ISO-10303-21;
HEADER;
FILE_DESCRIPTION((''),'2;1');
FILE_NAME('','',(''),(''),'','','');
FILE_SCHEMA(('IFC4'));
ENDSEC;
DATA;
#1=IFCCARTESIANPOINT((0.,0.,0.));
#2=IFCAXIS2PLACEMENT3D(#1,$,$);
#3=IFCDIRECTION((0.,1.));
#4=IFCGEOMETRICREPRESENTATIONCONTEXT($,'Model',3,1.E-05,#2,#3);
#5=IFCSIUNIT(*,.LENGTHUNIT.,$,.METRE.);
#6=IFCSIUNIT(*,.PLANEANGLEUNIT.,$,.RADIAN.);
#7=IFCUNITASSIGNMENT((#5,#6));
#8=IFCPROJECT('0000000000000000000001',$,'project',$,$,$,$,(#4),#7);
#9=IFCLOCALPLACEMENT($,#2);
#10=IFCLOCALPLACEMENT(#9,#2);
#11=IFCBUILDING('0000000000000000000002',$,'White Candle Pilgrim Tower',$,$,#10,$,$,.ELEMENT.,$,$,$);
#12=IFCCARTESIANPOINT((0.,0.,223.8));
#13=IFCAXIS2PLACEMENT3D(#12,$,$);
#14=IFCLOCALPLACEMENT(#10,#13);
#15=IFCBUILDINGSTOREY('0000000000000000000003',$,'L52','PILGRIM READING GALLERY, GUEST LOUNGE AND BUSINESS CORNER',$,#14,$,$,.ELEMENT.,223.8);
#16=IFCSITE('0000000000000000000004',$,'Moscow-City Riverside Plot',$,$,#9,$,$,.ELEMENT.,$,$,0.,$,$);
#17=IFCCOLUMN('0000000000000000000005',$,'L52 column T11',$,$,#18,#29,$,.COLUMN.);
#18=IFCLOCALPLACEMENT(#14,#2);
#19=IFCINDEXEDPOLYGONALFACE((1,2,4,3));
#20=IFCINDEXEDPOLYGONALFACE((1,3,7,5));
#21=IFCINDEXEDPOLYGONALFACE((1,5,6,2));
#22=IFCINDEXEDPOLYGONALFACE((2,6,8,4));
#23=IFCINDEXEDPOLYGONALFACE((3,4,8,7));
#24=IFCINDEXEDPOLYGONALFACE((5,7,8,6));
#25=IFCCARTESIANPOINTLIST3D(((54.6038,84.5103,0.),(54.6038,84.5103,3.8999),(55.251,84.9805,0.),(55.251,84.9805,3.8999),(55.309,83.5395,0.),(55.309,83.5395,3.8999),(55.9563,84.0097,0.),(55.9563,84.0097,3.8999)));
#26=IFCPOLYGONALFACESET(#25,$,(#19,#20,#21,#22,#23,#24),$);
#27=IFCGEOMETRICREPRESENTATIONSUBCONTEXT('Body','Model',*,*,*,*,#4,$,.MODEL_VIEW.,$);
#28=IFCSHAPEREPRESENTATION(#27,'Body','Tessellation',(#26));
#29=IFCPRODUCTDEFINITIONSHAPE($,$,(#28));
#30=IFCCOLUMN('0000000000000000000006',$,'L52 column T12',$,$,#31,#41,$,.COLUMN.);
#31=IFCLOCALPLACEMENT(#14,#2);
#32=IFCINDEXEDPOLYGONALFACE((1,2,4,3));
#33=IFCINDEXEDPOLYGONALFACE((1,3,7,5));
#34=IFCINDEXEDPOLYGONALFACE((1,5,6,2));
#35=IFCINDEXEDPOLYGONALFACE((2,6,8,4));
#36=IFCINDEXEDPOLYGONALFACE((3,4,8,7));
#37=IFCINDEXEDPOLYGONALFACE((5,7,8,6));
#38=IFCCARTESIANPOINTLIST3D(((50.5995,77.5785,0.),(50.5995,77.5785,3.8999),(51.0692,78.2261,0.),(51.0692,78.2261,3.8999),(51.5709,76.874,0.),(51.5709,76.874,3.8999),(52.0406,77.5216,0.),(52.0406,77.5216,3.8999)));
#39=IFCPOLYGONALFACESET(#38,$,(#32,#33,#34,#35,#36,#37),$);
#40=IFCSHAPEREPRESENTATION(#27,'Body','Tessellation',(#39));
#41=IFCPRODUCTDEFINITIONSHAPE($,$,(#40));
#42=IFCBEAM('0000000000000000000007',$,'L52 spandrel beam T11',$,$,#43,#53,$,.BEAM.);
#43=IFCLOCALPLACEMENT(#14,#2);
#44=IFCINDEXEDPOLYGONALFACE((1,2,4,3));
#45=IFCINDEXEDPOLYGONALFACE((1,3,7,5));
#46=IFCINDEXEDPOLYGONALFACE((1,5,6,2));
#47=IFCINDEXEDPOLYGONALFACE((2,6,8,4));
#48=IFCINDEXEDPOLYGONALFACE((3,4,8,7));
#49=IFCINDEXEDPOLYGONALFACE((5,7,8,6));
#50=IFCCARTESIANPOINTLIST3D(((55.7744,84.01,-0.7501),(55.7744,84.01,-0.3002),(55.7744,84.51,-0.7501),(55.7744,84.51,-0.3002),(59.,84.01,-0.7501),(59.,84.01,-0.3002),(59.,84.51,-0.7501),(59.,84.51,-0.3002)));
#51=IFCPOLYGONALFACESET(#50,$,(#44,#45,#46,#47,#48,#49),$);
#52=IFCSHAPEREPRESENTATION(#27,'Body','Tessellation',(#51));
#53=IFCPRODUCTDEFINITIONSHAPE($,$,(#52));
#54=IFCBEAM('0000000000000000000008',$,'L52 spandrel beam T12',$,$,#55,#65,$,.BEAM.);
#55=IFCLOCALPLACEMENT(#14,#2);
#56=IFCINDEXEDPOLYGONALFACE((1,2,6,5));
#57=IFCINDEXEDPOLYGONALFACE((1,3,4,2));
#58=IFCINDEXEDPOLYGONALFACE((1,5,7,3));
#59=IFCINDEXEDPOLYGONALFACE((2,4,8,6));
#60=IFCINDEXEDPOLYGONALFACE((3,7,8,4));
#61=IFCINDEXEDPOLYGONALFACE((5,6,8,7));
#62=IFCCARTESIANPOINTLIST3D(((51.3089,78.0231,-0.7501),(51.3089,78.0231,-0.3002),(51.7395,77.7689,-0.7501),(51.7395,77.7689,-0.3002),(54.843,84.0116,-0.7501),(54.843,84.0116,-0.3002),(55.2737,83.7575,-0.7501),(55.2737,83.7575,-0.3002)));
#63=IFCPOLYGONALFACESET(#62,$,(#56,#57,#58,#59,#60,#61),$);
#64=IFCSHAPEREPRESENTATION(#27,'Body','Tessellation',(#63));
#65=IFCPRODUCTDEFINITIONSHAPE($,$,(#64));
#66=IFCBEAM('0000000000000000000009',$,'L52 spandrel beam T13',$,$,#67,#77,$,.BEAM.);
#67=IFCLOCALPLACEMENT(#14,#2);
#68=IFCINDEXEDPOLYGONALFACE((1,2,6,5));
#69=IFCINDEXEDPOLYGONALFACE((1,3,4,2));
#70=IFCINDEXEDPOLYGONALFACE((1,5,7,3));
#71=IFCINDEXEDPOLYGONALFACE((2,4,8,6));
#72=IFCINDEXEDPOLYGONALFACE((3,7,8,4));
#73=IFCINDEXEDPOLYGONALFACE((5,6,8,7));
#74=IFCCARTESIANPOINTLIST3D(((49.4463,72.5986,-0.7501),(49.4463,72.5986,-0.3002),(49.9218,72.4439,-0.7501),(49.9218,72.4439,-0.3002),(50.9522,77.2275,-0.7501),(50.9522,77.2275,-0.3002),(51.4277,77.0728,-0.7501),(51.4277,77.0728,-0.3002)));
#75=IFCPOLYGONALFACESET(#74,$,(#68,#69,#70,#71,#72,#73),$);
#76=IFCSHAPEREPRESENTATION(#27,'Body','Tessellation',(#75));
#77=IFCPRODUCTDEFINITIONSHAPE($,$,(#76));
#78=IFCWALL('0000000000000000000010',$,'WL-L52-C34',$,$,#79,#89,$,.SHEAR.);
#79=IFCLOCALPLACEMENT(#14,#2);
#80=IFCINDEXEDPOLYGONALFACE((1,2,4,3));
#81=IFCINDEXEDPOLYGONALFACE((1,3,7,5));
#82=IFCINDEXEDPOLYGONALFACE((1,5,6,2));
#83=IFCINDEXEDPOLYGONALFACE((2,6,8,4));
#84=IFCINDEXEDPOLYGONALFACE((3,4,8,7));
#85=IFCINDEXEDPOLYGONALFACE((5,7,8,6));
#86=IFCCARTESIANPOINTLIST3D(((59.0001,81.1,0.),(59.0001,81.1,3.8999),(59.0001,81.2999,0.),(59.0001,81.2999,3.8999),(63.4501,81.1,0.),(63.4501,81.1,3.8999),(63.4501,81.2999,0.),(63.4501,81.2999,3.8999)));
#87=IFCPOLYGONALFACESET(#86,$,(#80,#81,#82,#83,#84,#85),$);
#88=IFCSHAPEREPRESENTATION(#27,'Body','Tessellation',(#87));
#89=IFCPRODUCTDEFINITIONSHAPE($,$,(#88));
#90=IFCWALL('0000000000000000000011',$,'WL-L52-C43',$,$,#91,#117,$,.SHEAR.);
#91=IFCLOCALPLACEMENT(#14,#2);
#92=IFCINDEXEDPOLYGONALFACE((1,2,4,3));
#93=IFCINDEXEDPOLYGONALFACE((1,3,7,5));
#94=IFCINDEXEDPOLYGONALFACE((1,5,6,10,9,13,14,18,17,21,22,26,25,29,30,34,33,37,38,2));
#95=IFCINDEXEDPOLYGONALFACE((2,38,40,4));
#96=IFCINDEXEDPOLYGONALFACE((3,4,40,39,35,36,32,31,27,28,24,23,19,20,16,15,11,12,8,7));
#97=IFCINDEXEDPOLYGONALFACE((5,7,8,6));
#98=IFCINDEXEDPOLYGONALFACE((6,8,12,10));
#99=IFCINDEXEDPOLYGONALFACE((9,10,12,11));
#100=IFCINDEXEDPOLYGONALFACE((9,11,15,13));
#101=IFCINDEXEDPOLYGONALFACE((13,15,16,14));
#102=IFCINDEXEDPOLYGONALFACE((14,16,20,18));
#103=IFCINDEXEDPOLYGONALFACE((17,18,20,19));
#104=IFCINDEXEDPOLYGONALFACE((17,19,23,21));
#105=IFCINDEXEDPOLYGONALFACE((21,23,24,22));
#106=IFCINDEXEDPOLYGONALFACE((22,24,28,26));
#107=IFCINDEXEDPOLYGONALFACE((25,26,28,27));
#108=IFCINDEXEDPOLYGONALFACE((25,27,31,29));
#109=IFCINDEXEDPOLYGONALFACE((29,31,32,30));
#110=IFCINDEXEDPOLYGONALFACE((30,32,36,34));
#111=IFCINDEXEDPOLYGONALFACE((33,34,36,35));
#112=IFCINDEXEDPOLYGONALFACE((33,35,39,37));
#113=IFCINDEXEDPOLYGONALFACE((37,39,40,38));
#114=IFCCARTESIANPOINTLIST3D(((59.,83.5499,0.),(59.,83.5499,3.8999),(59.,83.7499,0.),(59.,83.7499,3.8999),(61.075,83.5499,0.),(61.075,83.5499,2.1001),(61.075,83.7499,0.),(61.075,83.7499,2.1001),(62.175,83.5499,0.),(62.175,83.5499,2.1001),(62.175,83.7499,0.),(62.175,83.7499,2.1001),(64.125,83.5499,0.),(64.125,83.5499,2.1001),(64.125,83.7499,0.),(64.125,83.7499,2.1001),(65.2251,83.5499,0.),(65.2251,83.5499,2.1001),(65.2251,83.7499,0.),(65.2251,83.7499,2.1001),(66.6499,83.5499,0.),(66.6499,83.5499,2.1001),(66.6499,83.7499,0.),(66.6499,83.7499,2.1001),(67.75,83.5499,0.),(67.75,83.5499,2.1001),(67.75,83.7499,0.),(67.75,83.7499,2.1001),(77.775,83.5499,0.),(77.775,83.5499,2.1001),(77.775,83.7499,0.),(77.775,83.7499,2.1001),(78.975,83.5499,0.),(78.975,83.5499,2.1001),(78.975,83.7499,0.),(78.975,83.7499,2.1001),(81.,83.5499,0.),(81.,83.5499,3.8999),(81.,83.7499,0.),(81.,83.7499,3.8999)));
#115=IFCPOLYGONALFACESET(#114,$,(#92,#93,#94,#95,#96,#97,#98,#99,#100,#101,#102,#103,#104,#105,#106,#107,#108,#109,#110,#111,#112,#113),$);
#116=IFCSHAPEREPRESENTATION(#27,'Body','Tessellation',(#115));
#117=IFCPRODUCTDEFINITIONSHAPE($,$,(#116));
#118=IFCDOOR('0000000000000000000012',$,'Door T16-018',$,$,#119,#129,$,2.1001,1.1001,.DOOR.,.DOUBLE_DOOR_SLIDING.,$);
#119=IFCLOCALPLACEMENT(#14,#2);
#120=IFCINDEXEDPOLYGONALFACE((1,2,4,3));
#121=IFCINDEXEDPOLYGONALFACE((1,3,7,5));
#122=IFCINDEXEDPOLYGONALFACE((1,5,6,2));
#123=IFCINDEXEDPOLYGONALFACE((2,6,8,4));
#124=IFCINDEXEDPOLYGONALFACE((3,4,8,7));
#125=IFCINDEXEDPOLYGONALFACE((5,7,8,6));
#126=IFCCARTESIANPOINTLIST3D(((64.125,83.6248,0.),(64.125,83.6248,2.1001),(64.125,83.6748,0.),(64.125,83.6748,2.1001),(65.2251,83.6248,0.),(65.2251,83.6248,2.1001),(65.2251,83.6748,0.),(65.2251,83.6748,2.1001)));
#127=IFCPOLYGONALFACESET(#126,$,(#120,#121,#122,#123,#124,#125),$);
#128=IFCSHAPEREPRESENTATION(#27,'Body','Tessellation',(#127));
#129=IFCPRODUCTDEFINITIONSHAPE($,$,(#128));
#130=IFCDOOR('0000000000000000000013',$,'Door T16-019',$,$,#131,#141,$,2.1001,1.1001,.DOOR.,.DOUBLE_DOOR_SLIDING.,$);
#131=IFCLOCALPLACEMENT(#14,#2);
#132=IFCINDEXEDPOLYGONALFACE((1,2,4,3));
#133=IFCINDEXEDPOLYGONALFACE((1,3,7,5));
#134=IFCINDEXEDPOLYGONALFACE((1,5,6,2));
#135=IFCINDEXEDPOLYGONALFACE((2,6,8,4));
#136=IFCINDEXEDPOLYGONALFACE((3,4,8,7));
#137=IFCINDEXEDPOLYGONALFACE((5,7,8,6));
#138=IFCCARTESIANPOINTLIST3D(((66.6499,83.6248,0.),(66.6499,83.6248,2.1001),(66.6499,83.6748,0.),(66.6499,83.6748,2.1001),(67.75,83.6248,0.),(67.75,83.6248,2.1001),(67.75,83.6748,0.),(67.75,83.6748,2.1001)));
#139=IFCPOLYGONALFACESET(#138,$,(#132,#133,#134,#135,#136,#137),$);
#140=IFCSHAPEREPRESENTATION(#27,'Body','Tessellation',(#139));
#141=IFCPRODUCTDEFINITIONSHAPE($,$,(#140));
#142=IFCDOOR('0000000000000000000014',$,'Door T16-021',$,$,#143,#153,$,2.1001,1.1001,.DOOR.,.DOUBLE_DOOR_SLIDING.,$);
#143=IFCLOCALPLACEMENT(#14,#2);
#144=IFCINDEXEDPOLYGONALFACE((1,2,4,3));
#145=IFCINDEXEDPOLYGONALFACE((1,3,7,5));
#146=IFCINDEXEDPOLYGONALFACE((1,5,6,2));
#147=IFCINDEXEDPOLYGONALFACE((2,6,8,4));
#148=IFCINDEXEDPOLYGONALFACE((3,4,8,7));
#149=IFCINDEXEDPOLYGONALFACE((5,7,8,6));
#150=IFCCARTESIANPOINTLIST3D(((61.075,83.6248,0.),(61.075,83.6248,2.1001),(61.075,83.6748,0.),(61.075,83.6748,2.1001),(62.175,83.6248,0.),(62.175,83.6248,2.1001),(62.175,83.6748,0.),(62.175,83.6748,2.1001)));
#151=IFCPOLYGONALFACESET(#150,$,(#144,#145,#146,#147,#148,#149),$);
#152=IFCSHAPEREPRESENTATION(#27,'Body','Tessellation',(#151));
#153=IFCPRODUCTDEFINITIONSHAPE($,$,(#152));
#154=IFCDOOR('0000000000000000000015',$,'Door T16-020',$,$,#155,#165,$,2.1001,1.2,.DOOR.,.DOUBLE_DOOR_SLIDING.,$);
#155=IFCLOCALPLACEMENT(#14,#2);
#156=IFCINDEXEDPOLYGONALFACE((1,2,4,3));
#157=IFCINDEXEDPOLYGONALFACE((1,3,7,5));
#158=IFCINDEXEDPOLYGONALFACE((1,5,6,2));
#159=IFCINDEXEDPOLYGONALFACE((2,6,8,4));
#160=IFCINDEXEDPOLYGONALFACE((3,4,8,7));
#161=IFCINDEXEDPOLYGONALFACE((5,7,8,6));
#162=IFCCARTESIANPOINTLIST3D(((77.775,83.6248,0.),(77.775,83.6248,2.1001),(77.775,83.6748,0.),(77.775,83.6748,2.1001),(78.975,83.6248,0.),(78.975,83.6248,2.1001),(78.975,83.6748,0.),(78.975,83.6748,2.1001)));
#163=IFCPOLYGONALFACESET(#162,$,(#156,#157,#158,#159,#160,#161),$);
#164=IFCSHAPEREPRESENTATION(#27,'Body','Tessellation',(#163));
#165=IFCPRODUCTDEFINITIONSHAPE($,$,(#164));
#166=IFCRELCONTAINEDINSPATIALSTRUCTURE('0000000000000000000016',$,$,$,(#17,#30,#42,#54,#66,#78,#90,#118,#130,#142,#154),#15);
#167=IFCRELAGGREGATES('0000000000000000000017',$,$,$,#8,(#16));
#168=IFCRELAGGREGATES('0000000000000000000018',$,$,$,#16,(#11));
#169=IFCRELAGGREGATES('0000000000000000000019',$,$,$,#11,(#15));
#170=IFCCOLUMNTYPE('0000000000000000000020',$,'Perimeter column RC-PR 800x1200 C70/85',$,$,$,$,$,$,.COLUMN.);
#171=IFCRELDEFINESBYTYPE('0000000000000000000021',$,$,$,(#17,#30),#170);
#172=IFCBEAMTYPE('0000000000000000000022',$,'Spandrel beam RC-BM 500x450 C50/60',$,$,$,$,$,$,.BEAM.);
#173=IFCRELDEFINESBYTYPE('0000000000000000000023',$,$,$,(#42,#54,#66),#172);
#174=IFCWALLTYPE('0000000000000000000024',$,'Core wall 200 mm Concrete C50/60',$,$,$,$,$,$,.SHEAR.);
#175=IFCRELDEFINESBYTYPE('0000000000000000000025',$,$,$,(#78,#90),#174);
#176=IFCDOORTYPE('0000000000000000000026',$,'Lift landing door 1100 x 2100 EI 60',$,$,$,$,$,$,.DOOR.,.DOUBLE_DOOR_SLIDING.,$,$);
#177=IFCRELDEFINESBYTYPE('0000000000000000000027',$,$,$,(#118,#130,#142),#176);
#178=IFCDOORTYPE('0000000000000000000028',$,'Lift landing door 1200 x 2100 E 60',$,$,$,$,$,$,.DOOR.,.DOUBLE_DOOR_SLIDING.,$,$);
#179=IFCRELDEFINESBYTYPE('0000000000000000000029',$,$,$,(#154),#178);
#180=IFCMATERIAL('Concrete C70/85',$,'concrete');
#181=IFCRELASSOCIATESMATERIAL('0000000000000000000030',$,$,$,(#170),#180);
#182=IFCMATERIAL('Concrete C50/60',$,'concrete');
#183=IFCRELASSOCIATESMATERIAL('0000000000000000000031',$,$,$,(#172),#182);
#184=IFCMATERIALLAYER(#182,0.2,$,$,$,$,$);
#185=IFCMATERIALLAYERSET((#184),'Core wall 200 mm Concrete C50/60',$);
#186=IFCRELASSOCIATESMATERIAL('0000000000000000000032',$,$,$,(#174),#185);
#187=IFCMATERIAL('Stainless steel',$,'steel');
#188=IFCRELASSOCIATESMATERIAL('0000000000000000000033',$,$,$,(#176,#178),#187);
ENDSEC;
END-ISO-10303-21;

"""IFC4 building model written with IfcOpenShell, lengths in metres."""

from ifc_helpers import new_model, si_unit, direction, frame, frame_2d, origin, origin_2d, place, context, subcontext, project, spatial, rectangle, extrude, material, layer, layer_set, material_profile, profile_set, type_object, element, fill, save


model = new_model("IFC4")

# Units and contexts
model_context = context("Model", 3, precision=1e-05, world=origin(), true_north=direction((0.0, 1.0)))
body_context = subcontext(model_context, "Body", "Model", "MODEL_VIEW")
ifc_project = project(units=[si_unit("LENGTHUNIT", "METRE"), si_unit("PLANEANGLEUNIT", "RADIAN")], contexts=[model_context])

# Site, building, storey
site_placement = place(None, origin())
site = spatial("IfcSite", under=ifc_project, at=site_placement, Name="Moscow-City Riverside Plot", CompositionType="ELEMENT", RefElevation=0.0)
building_placement = place(site_placement, origin())
building = spatial("IfcBuilding", under=site, at=building_placement, Name="White Candle Pilgrim Tower", CompositionType="ELEMENT")
storey_placement = place(building_placement, frame((0.0, 0.0, 223.8)))
storey = spatial("IfcBuildingStorey", under=building, at=storey_placement, Name="L52", Description="PILGRIM READING GALLERY, GUEST LOUNGE AND BUSINESS CORNER", CompositionType="ELEMENT", Elevation=223.8)

# Columns
ifc_material_1 = material(Name="Concrete C70/85", Category="concrete")
ifc_material_profile_1 = material_profile(ifc_material_1, rectangle(XDim=0.8, YDim=1.2, at=origin_2d()), Name="RC-PR 800x1200")
ifc_profile_set_1 = profile_set([ifc_material_profile_1], Name="Concrete C70/85")
column_type = type_object("IfcColumnType", Name="Perimeter column RC-PR 800x1200 C70/85", PredefinedType="COLUMN", material=ifc_profile_set_1)
for number, where, z_axis, x_axis, name in (
    (1, (55.28, 84.26, 0.0), (0.0, 0.0, 1.0), (0.809027, 0.587771, 0.0), "L52 column T11"),
    (2, (51.3201, 77.55, 0.0), (0.0, 0.0, 1.0), (0.587107, 0.809509, 0.0), "L52 column T12"),
):
    element("IfcColumn", number, at=place(storey_placement, frame(where, z_axis=z_axis, x_axis=x_axis)), inside=storey, type_object=column_type, Name=name, PredefinedType="COLUMN", context=body_context, shape_type="SweptSolid", body=[
        extrude(rectangle(XDim=0.8, YDim=1.2, at=origin_2d()), origin(), (0.0, 0.0, 1.0), 3.8999),
    ])

# Beams
ifc_material_2 = material(Name="Concrete C50/60", Category="concrete")
ifc_material_profile_2 = material_profile(ifc_material_2, rectangle(XDim=0.5, YDim=0.45, at=origin_2d()), Name="RC-BM 500x450")
ifc_profile_set_2 = profile_set([ifc_material_profile_2], Name="Concrete C50/60")
beam_type = type_object("IfcBeamType", Name="Spandrel beam RC-BM 500x450 C50/60", PredefinedType="BEAM", material=ifc_profile_set_2)
beam_1_placement = place(storey_placement, frame((55.7744, 84.26, -0.5251), z_axis=(1.0, 0.0, 0.0), x_axis=(0.0, 1.0, 0.0)))
element("IfcBeam", 3, at=beam_1_placement, inside=storey, type_object=beam_type, Name="L52 spandrel beam T11", PredefinedType="BEAM", context=body_context, shape_type="SweptSolid", body=[
    extrude(rectangle(XDim=0.5, YDim=0.45, at=origin_2d()), origin(), (0.0, 0.0, 1.0), 3.2256),
])
beam_2_placement = place(storey_placement, frame((55.0583, 83.8845, -0.5251), z_axis=(-0.50825, -0.861209, 0.0), x_axis=(0.861209, -0.50825, 0.0)))
element("IfcBeam", 4, at=beam_2_placement, inside=storey, type_object=beam_type, Name="L52 spandrel beam T12", PredefinedType="BEAM", context=body_context, shape_type="SweptSolid", body=[
    extrude(rectangle(XDim=0.5, YDim=0.45, at=origin_2d()), origin(), (0.0, 0.0, 1.0), 6.9536),
])
beam_3_placement = place(storey_placement, frame((51.1899, 77.1501, -0.5251), z_axis=(-0.309358, -0.950946, 0.0), x_axis=(0.950946, -0.309358, 0.0)))
element("IfcBeam", 5, at=beam_3_placement, inside=storey, type_object=beam_type, Name="L52 spandrel beam T13", PredefinedType="BEAM", context=body_context, shape_type="SweptSolid", body=[
    extrude(rectangle(XDim=0.5, YDim=0.45, at=origin_2d()), origin(), (0.0, 0.0, 1.0), 4.8677),
])

# Wall
ifc_layer_1 = layer(ifc_material_2, 0.2)
ifc_layer_set_1 = layer_set([ifc_layer_1], Name="Core wall 200 mm Concrete C50/60")
wall_type_1 = type_object("IfcWallType", Name="Core wall 200 mm Concrete C50/60", PredefinedType="SHEAR", material=ifc_layer_set_1)
wall_1_placement = place(storey_placement, frame((59.0, 81.2, 0.0), z_axis=(0.0, 0.0, 1.0), x_axis=(1.0, 0.0, 0.0)))
element("IfcWall", 6, at=wall_1_placement, inside=storey, type_object=wall_type_1, Name="WL-L52-C34", PredefinedType="SHEAR", context=body_context, shape_type="SweptSolid", body=[
    extrude(rectangle(XDim=4.45, YDim=0.2, at=frame_2d((2.2251, 0.0))), origin(), (0.0, 0.0, 1.0), 3.8999),
])

# Wall, openings, doors
wall_2_placement = place(storey_placement, frame((59.0, 83.6499, 0.0), z_axis=(0.0, 0.0, 1.0), x_axis=(1.0, 0.0, 0.0)))
wall_2 = element("IfcWall", 7, at=wall_2_placement, inside=storey, type_object=wall_type_1, Name="WL-L52-C43", PredefinedType="SHEAR", context=body_context, shape_type="SweptSolid", body=[
    extrude(rectangle(XDim=22.0, YDim=0.2, at=frame_2d((11.0, 0.0))), origin(), (0.0, 0.0, 1.0), 3.8999),
])
opening_1_placement = place(wall_2_placement, frame((5.125, 0.0, 0.0)))
opening_1 = element("IfcOpeningElement", 8, at=opening_1_placement, cuts=wall_2, PredefinedType="OPENING", context=body_context, shape_type="SweptSolid", body=[
    extrude(rectangle(XDim=1.1001, YDim=2.1001, at=frame_2d((0.55, 1.05))), frame((0.0, 0.1099, 0.0), z_axis=(0.0, -1.0, 0.0), x_axis=(1.0, 0.0, 0.0)), (0.0, 0.0, 1.0), 0.22),
])
opening_2_placement = place(wall_2_placement, frame((7.6499, 0.0, 0.0)))
opening_2 = element("IfcOpeningElement", 9, at=opening_2_placement, cuts=wall_2, PredefinedType="OPENING", context=body_context, shape_type="SweptSolid", body=[
    extrude(rectangle(XDim=1.1001, YDim=2.1001, at=frame_2d((0.55, 1.05))), frame((0.0, 0.1099, 0.0), z_axis=(0.0, -1.0, 0.0), x_axis=(1.0, 0.0, 0.0)), (0.0, 0.0, 1.0), 0.22),
])
opening_3_placement = place(wall_2_placement, frame((18.7749, 0.0, 0.0)))
opening_3 = element("IfcOpeningElement", 10, at=opening_3_placement, cuts=wall_2, PredefinedType="OPENING", context=body_context, shape_type="SweptSolid", body=[
    extrude(rectangle(XDim=1.2, YDim=2.1001, at=frame_2d((0.6001, 1.05))), frame((0.0, 0.1099, 0.0), z_axis=(0.0, -1.0, 0.0), x_axis=(1.0, 0.0, 0.0)), (0.0, 0.0, 1.0), 0.22),
])
opening_4_placement = place(wall_2_placement, frame((2.075, 0.0, 0.0)))
opening_4 = element("IfcOpeningElement", 11, at=opening_4_placement, cuts=wall_2, PredefinedType="OPENING", context=body_context, shape_type="SweptSolid", body=[
    extrude(rectangle(XDim=1.1001, YDim=2.1001, at=frame_2d((0.55, 1.05))), frame((0.0, 0.1099, 0.0), z_axis=(0.0, -1.0, 0.0), x_axis=(1.0, 0.0, 0.0)), (0.0, 0.0, 1.0), 0.22),
])
ifc_material_3 = material(Name="Stainless steel", Category="steel")
door_type_1 = type_object("IfcDoorType", Name="Lift landing door 1100 x 2100 EI 60", OperationType="DOUBLE_DOOR_SLIDING", PredefinedType="DOOR", material=ifc_material_3)
door_1_placement = place(opening_1_placement, origin())
door_1 = element("IfcDoor", 12, at=door_1_placement, inside=storey, type_object=door_type_1, Name="Door T16-018", OperationType="DOUBLE_DOOR_SLIDING", OverallHeight=2.1001, OverallWidth=1.1001, PredefinedType="DOOR", context=body_context, shape_type="SweptSolid", body=[
    extrude(rectangle(XDim=1.1001, YDim=2.1001, at=frame_2d((0.55, 1.05))), frame((0.0, 0.0249, 0.0), z_axis=(0.0, -1.0, 0.0), x_axis=(1.0, 0.0, 0.0)), (0.0, 0.0, 1.0), 0.05),
])
fill(opening_1, door_1)
door_2_placement = place(opening_2_placement, origin())
door_2 = element("IfcDoor", 13, at=door_2_placement, inside=storey, type_object=door_type_1, Name="Door T16-019", OperationType="DOUBLE_DOOR_SLIDING", OverallHeight=2.1001, OverallWidth=1.1001, PredefinedType="DOOR", context=body_context, shape_type="SweptSolid", body=[
    extrude(rectangle(XDim=1.1001, YDim=2.1001, at=frame_2d((0.55, 1.05))), frame((0.0, 0.0249, 0.0), z_axis=(0.0, -1.0, 0.0), x_axis=(1.0, 0.0, 0.0)), (0.0, 0.0, 1.0), 0.05),
])
fill(opening_2, door_2)
door_3_placement = place(opening_4_placement, origin())
door_3 = element("IfcDoor", 14, at=door_3_placement, inside=storey, type_object=door_type_1, Name="Door T16-021", OperationType="DOUBLE_DOOR_SLIDING", OverallHeight=2.1001, OverallWidth=1.1001, PredefinedType="DOOR", context=body_context, shape_type="SweptSolid", body=[
    extrude(rectangle(XDim=1.1001, YDim=2.1001, at=frame_2d((0.55, 1.05))), frame((0.0, 0.0249, 0.0), z_axis=(0.0, -1.0, 0.0), x_axis=(1.0, 0.0, 0.0)), (0.0, 0.0, 1.0), 0.05),
])
fill(opening_4, door_3)
door_type_2 = type_object("IfcDoorType", Name="Lift landing door 1200 x 2100 E 60", OperationType="DOUBLE_DOOR_SLIDING", PredefinedType="DOOR", material=ifc_material_3)
door_4_placement = place(opening_3_placement, origin())
door_4 = element("IfcDoor", 15, at=door_4_placement, inside=storey, type_object=door_type_2, Name="Door T16-020", OperationType="DOUBLE_DOOR_SLIDING", OverallHeight=2.1001, OverallWidth=1.2, PredefinedType="DOOR", context=body_context, shape_type="SweptSolid", body=[
    extrude(rectangle(XDim=1.2, YDim=2.1001, at=frame_2d((0.6001, 1.05))), frame((0.0, 0.0249, 0.0), z_axis=(0.0, -1.0, 0.0), x_axis=(1.0, 0.0, 0.0)), (0.0, 0.0, 1.0), 0.05),
])
fill(opening_3, door_4)

save(model, "model.ifc")
